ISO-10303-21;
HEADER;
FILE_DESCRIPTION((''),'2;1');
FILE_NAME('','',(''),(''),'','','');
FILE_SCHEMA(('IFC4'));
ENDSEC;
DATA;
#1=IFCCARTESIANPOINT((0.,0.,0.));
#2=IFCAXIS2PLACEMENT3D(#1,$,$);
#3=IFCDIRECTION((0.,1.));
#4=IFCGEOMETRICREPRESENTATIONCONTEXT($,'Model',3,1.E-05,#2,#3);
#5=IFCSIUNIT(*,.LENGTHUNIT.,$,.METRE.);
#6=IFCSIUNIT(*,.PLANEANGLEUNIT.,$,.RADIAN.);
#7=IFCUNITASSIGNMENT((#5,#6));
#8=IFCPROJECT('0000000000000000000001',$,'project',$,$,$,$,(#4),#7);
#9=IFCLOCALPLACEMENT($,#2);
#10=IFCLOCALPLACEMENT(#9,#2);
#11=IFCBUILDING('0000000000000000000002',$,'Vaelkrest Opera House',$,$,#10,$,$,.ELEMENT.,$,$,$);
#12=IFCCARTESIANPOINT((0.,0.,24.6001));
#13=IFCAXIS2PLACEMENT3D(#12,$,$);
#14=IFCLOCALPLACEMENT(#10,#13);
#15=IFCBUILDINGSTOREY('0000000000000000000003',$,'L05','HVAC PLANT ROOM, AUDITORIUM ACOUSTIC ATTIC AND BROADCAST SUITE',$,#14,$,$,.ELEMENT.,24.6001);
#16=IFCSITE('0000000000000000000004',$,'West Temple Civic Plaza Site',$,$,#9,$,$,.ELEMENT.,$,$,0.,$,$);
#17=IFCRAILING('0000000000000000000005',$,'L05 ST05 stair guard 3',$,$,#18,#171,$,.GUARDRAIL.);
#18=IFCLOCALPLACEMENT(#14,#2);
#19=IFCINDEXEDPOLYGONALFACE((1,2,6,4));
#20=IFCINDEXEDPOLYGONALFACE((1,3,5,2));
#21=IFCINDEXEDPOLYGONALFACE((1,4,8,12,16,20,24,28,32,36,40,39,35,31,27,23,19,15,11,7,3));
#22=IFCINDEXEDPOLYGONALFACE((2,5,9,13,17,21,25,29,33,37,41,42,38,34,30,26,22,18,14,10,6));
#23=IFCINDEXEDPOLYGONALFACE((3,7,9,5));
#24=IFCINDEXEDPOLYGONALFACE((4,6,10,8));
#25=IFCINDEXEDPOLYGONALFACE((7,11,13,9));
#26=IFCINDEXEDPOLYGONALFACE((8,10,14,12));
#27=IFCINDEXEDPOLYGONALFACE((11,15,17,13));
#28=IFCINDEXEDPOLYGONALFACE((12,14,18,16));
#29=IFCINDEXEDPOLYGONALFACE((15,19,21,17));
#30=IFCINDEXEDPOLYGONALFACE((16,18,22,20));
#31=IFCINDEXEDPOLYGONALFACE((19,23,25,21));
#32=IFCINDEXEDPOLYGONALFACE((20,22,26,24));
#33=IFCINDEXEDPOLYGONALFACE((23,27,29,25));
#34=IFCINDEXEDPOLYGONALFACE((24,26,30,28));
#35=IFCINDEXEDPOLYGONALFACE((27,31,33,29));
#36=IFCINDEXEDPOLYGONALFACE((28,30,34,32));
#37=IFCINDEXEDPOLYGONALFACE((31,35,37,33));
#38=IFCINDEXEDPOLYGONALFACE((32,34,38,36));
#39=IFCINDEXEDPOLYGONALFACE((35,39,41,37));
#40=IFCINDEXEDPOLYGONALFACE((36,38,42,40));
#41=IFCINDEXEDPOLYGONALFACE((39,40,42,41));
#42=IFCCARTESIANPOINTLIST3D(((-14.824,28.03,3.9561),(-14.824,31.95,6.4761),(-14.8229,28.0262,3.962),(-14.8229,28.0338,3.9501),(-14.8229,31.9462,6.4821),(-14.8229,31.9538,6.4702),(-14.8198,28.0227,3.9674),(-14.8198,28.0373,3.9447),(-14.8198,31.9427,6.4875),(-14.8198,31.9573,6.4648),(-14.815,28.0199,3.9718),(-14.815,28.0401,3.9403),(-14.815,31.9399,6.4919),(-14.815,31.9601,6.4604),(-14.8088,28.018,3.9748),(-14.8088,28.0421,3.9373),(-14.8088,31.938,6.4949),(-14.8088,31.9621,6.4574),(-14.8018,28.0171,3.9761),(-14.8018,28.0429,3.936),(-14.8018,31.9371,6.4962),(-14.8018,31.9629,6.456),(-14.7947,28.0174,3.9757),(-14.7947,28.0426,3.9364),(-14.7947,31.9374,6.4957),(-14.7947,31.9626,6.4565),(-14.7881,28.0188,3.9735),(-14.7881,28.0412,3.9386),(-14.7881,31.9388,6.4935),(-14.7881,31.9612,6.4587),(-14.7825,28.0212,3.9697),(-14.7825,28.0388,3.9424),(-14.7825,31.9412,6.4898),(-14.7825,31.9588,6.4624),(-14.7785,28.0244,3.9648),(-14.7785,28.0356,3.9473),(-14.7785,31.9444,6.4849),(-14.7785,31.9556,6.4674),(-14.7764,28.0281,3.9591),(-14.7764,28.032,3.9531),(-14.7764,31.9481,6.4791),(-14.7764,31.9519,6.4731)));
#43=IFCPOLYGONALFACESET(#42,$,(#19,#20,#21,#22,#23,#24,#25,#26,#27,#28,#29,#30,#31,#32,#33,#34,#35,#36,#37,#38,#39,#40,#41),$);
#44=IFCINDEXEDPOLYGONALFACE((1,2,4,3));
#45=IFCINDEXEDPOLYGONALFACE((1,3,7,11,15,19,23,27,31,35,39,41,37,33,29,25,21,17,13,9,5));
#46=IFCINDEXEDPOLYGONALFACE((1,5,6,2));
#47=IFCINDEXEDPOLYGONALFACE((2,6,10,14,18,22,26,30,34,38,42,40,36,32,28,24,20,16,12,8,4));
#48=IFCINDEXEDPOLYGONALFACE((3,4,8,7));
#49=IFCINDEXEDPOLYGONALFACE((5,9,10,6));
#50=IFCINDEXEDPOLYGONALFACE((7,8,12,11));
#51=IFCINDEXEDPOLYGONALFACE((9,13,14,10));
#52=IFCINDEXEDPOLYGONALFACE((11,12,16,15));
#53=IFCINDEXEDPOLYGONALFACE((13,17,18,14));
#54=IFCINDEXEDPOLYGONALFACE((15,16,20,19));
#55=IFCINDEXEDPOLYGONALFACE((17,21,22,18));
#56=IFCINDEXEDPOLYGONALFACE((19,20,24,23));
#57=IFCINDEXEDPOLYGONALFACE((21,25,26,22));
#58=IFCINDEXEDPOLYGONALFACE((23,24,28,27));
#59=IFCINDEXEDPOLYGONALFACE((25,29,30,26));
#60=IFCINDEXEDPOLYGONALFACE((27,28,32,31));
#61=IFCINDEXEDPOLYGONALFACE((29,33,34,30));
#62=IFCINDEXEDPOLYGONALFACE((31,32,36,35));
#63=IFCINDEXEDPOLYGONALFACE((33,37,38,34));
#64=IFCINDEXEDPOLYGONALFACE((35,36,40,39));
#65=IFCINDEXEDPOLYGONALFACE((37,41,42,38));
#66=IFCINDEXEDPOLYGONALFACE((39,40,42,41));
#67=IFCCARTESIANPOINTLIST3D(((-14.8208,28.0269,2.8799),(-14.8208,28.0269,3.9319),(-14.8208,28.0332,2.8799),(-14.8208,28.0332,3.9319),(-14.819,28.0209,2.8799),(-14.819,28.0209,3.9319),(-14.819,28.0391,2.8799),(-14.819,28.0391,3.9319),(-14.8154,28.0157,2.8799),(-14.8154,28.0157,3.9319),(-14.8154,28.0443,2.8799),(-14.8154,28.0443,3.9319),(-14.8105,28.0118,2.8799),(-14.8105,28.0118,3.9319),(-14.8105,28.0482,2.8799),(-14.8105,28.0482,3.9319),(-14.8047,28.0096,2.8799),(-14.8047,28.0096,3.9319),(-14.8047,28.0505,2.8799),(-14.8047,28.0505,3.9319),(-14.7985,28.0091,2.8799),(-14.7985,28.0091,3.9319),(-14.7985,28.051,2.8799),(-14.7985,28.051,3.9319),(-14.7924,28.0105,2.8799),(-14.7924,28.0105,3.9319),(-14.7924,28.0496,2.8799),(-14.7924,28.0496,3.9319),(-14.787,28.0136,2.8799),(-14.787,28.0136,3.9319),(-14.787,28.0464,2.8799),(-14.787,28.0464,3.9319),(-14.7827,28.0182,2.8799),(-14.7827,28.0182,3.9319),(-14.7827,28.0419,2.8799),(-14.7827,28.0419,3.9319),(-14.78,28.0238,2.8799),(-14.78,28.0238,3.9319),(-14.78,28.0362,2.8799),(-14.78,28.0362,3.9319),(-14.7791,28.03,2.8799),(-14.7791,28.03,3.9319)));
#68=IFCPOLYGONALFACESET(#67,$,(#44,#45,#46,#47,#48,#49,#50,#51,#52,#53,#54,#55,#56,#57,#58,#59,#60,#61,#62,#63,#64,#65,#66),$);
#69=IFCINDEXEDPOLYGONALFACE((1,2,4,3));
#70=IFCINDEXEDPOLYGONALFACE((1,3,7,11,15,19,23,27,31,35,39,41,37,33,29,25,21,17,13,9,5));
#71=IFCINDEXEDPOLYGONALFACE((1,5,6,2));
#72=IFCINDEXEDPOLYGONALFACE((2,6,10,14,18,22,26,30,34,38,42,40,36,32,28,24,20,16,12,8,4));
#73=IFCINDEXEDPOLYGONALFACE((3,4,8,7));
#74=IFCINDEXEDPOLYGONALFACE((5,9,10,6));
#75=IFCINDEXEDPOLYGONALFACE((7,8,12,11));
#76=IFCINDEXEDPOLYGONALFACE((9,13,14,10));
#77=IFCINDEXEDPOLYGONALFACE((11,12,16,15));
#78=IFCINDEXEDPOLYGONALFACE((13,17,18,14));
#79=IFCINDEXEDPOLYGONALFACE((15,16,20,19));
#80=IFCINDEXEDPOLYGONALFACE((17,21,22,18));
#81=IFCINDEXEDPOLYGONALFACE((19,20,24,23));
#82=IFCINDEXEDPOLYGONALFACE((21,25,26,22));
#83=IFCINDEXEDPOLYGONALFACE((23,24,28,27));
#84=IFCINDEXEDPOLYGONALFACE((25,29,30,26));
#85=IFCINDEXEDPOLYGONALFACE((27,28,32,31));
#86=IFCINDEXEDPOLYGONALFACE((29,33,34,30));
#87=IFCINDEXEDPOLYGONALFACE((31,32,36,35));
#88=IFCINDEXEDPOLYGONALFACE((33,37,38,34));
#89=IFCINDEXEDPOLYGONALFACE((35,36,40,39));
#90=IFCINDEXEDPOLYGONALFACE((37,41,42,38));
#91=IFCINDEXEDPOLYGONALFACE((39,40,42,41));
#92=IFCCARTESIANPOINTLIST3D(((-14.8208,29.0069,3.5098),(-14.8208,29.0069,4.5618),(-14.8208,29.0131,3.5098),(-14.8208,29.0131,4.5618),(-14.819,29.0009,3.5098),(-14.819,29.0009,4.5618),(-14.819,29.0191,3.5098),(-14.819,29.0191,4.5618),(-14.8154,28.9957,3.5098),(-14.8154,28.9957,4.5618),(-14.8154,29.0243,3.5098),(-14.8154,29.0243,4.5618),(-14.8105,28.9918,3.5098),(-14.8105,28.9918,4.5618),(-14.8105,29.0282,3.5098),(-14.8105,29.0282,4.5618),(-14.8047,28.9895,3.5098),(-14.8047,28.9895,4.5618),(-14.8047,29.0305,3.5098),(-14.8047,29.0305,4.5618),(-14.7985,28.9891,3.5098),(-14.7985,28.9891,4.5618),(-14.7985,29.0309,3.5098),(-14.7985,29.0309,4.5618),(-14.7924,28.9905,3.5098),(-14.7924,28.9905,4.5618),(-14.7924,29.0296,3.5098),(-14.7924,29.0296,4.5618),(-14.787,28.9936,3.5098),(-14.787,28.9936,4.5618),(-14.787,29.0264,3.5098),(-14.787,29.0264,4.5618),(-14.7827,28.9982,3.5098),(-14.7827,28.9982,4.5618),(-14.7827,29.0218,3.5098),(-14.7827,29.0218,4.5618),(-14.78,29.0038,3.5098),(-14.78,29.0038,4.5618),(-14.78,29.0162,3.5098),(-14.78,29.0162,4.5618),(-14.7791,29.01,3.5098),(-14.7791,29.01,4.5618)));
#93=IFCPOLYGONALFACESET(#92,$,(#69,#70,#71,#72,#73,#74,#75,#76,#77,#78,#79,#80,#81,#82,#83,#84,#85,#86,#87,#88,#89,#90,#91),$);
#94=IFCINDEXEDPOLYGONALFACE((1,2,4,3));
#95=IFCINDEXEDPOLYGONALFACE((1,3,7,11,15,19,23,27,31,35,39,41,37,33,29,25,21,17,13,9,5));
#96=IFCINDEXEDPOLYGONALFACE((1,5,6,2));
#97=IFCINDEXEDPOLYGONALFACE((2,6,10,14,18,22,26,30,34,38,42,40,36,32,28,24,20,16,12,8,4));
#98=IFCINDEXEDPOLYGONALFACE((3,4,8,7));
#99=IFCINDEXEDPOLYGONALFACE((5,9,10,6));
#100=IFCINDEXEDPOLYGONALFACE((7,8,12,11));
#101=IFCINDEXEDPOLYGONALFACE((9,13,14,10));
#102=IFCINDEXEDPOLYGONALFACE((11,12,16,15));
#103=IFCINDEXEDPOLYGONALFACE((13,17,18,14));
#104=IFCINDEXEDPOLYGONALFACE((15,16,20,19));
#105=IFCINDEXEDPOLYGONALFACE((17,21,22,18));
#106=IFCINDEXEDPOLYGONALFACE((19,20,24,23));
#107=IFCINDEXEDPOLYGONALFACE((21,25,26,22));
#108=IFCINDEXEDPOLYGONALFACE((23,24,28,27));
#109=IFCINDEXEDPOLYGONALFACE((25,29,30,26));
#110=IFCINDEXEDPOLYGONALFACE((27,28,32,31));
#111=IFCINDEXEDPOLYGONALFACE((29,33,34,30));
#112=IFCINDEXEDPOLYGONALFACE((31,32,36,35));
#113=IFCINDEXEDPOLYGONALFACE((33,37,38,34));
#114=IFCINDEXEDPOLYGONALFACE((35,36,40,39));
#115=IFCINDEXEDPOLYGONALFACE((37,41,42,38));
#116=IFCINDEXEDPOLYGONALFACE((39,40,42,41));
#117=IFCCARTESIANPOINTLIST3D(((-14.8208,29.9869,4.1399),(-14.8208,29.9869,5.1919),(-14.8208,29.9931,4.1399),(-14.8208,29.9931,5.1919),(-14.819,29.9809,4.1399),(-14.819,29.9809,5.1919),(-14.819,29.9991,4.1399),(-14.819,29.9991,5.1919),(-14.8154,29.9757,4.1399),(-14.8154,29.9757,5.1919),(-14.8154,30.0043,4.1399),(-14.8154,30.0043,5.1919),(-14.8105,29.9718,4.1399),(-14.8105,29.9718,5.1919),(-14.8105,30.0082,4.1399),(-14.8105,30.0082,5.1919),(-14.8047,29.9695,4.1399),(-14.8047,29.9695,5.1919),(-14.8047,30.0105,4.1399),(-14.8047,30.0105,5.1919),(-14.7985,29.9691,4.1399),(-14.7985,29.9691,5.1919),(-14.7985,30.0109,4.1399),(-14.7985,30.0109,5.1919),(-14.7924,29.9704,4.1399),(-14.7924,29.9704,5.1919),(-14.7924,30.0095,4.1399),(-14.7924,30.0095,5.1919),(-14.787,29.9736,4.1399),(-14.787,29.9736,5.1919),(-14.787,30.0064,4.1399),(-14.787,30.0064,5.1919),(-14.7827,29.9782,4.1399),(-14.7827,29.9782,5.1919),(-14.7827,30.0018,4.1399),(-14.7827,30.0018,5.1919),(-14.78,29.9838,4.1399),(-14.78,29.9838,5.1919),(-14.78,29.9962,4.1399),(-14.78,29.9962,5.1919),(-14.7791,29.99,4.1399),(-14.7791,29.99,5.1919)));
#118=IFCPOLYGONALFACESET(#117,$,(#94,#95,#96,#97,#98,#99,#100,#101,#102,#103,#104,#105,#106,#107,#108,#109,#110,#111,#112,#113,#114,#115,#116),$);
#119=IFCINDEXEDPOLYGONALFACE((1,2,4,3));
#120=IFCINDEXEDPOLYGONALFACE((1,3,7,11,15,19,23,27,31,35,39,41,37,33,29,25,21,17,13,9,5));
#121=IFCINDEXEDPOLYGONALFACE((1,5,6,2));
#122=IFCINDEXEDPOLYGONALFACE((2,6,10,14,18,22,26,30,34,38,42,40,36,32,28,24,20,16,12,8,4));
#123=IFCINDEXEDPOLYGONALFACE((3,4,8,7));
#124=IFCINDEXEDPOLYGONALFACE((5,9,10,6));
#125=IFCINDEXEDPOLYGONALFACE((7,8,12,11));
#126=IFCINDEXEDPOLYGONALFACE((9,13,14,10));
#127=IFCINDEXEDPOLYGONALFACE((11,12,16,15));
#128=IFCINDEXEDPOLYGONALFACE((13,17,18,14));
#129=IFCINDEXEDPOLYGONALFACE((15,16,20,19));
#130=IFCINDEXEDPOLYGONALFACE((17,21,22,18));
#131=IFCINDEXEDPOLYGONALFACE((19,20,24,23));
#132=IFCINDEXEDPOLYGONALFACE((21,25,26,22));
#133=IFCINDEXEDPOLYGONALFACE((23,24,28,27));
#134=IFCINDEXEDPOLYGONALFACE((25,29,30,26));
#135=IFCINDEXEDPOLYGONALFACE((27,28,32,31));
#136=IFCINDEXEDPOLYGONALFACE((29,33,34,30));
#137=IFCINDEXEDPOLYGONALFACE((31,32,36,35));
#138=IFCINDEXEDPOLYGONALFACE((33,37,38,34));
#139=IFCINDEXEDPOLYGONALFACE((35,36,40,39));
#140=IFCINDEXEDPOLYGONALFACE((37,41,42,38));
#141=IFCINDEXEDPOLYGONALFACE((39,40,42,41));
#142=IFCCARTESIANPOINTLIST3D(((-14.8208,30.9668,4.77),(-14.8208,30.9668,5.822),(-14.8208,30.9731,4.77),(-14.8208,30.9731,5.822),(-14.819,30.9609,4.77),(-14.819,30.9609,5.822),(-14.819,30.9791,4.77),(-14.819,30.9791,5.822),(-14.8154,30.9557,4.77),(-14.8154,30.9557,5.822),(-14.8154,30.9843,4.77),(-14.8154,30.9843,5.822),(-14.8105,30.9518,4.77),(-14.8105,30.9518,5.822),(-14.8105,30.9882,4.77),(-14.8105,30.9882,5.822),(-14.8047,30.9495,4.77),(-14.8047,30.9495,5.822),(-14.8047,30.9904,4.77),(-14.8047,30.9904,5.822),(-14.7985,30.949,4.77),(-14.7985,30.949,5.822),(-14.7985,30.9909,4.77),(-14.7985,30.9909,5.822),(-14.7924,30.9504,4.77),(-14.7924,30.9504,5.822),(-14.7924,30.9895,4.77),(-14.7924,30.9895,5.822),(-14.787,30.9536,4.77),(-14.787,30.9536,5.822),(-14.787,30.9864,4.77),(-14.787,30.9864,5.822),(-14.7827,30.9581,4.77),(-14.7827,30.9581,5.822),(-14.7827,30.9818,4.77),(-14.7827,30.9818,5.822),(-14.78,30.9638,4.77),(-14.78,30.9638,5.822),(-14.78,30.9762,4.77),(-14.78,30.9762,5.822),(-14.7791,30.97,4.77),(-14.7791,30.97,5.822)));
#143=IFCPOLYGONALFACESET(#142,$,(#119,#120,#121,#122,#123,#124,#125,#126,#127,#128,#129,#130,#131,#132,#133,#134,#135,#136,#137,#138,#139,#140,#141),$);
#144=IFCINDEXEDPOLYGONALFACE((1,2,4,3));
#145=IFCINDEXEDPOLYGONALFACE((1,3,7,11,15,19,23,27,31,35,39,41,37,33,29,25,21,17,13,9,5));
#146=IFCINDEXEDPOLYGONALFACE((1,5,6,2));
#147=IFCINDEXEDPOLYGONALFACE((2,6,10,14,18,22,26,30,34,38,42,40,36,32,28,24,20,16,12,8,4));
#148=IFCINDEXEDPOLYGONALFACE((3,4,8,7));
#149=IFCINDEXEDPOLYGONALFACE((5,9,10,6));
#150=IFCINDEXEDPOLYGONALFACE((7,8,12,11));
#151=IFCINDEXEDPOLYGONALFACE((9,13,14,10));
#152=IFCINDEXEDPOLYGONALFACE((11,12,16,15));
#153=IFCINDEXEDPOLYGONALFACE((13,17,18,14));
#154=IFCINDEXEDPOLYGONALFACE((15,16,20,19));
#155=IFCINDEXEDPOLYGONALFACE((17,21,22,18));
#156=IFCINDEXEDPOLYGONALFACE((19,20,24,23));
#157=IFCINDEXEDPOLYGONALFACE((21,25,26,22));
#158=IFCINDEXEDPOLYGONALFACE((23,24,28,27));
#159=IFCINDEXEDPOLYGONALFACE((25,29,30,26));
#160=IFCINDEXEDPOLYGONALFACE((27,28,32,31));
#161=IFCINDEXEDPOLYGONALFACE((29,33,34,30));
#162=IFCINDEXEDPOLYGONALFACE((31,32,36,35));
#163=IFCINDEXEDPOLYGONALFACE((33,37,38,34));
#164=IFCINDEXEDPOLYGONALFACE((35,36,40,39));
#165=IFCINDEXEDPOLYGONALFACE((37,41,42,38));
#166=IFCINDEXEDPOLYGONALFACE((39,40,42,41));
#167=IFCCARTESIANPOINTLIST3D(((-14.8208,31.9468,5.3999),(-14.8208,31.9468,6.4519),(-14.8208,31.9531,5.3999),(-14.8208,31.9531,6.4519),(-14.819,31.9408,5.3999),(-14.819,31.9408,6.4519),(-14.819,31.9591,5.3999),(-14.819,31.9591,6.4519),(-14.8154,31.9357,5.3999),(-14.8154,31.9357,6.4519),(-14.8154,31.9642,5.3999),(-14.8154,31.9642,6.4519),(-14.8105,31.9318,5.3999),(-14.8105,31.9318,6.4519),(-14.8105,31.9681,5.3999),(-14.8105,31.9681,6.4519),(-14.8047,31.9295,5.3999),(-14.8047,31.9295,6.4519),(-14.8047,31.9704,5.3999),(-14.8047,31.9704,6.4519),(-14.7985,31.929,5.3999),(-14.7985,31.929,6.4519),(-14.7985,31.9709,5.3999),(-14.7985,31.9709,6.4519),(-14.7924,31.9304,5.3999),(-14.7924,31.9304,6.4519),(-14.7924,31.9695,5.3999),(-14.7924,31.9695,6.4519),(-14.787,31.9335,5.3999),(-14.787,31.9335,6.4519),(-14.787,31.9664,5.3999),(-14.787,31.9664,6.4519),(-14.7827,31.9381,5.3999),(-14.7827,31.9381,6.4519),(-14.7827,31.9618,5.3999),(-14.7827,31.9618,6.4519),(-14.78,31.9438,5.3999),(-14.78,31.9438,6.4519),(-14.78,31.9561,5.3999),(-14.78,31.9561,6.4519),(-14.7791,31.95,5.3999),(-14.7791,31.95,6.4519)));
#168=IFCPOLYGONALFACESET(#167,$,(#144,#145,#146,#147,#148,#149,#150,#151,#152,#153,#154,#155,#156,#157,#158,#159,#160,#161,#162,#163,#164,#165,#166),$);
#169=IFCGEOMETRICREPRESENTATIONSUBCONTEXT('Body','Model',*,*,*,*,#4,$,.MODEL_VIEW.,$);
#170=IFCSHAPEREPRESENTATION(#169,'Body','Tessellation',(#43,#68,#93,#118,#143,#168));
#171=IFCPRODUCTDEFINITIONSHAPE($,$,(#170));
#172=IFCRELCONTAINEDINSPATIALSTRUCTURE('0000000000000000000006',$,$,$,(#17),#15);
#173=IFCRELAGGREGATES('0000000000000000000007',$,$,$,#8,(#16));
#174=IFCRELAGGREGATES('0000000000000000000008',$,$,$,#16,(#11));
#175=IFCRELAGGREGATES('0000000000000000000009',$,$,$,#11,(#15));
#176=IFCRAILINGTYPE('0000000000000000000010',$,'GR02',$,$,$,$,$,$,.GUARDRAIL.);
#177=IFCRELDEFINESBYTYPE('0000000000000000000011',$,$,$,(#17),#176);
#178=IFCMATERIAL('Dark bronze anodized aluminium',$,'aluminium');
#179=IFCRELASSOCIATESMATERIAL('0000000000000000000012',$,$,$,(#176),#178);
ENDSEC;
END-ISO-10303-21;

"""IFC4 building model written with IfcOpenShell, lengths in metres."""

from ifc_helpers import new_model, si_unit, direction, frame, origin, origin_2d, place, context, subcontext, project, spatial, circle, extrude, material, type_object, element, save


model = new_model("IFC4")

# Units and contexts
model_context = context("Model", 3, precision=1e-05, world=origin(), true_north=direction((0.0, 1.0)))
body_context = subcontext(model_context, "Body", "Model", "MODEL_VIEW")
ifc_project = project(units=[si_unit("LENGTHUNIT", "METRE"), si_unit("PLANEANGLEUNIT", "RADIAN")], contexts=[model_context])

# Site, building, storey
site_placement = place(None, origin())
site = spatial("IfcSite", under=ifc_project, at=site_placement, Name="West Temple Civic Plaza Site", CompositionType="ELEMENT", RefElevation=0.0)
building_placement = place(site_placement, origin())
building = spatial("IfcBuilding", under=site, at=building_placement, Name="Vaelkrest Opera House", CompositionType="ELEMENT")
storey_placement = place(building_placement, frame((0.0, 0.0, 24.6001)))
storey = spatial("IfcBuildingStorey", under=building, at=storey_placement, Name="L05", Description="HVAC PLANT ROOM, AUDITORIUM ACOUSTIC ATTIC AND BROADCAST SUITE", CompositionType="ELEMENT", Elevation=24.6001)

# Railing
ifc_material_1 = material(Name="Dark bronze anodized aluminium", Category="aluminium")
railing_type_1 = type_object("IfcRailingType", Name="GR02", PredefinedType="GUARDRAIL", material=ifc_material_1)
railing_1_placement = place(storey_placement, frame((-14.8, 28.03, 2.8799)))
element("IfcRailing", 1, at=railing_1_placement, inside=storey, type_object=railing_type_1, Name="L05 ST05 stair guard 3", PredefinedType="GUARDRAIL", context=body_context, shape_type="SweptSolid", body=[
    extrude(circle(Radius=0.0239, at=origin_2d()), frame((0.0, 0.0, 1.0762), z_axis=(0.0, 0.841172, 0.540768), x_axis=(-1.0, 0.0, 0.0)), (0.0, 0.0, 1.0), 4.6602),
    extrude(circle(Radius=0.021, at=origin_2d()), origin(), (0.0, 0.0, 1.0), 1.052),
    extrude(circle(Radius=0.021, at=origin_2d()), frame((0.0, 0.98, 0.6299)), (0.0, 0.0, 1.0), 1.052),
    extrude(circle(Radius=0.021, at=origin_2d()), frame((0.0, 1.96, 1.26)), (0.0, 0.0, 1.0), 1.052),
    extrude(circle(Radius=0.021, at=origin_2d()), frame((0.0, 2.9399, 1.8901)), (0.0, 0.0, 1.0), 1.052),
    extrude(circle(Radius=0.021, at=origin_2d()), frame((0.0, 3.9199, 2.52)), (0.0, 0.0, 1.0), 1.052),
])

save(model, "model.ifc")
